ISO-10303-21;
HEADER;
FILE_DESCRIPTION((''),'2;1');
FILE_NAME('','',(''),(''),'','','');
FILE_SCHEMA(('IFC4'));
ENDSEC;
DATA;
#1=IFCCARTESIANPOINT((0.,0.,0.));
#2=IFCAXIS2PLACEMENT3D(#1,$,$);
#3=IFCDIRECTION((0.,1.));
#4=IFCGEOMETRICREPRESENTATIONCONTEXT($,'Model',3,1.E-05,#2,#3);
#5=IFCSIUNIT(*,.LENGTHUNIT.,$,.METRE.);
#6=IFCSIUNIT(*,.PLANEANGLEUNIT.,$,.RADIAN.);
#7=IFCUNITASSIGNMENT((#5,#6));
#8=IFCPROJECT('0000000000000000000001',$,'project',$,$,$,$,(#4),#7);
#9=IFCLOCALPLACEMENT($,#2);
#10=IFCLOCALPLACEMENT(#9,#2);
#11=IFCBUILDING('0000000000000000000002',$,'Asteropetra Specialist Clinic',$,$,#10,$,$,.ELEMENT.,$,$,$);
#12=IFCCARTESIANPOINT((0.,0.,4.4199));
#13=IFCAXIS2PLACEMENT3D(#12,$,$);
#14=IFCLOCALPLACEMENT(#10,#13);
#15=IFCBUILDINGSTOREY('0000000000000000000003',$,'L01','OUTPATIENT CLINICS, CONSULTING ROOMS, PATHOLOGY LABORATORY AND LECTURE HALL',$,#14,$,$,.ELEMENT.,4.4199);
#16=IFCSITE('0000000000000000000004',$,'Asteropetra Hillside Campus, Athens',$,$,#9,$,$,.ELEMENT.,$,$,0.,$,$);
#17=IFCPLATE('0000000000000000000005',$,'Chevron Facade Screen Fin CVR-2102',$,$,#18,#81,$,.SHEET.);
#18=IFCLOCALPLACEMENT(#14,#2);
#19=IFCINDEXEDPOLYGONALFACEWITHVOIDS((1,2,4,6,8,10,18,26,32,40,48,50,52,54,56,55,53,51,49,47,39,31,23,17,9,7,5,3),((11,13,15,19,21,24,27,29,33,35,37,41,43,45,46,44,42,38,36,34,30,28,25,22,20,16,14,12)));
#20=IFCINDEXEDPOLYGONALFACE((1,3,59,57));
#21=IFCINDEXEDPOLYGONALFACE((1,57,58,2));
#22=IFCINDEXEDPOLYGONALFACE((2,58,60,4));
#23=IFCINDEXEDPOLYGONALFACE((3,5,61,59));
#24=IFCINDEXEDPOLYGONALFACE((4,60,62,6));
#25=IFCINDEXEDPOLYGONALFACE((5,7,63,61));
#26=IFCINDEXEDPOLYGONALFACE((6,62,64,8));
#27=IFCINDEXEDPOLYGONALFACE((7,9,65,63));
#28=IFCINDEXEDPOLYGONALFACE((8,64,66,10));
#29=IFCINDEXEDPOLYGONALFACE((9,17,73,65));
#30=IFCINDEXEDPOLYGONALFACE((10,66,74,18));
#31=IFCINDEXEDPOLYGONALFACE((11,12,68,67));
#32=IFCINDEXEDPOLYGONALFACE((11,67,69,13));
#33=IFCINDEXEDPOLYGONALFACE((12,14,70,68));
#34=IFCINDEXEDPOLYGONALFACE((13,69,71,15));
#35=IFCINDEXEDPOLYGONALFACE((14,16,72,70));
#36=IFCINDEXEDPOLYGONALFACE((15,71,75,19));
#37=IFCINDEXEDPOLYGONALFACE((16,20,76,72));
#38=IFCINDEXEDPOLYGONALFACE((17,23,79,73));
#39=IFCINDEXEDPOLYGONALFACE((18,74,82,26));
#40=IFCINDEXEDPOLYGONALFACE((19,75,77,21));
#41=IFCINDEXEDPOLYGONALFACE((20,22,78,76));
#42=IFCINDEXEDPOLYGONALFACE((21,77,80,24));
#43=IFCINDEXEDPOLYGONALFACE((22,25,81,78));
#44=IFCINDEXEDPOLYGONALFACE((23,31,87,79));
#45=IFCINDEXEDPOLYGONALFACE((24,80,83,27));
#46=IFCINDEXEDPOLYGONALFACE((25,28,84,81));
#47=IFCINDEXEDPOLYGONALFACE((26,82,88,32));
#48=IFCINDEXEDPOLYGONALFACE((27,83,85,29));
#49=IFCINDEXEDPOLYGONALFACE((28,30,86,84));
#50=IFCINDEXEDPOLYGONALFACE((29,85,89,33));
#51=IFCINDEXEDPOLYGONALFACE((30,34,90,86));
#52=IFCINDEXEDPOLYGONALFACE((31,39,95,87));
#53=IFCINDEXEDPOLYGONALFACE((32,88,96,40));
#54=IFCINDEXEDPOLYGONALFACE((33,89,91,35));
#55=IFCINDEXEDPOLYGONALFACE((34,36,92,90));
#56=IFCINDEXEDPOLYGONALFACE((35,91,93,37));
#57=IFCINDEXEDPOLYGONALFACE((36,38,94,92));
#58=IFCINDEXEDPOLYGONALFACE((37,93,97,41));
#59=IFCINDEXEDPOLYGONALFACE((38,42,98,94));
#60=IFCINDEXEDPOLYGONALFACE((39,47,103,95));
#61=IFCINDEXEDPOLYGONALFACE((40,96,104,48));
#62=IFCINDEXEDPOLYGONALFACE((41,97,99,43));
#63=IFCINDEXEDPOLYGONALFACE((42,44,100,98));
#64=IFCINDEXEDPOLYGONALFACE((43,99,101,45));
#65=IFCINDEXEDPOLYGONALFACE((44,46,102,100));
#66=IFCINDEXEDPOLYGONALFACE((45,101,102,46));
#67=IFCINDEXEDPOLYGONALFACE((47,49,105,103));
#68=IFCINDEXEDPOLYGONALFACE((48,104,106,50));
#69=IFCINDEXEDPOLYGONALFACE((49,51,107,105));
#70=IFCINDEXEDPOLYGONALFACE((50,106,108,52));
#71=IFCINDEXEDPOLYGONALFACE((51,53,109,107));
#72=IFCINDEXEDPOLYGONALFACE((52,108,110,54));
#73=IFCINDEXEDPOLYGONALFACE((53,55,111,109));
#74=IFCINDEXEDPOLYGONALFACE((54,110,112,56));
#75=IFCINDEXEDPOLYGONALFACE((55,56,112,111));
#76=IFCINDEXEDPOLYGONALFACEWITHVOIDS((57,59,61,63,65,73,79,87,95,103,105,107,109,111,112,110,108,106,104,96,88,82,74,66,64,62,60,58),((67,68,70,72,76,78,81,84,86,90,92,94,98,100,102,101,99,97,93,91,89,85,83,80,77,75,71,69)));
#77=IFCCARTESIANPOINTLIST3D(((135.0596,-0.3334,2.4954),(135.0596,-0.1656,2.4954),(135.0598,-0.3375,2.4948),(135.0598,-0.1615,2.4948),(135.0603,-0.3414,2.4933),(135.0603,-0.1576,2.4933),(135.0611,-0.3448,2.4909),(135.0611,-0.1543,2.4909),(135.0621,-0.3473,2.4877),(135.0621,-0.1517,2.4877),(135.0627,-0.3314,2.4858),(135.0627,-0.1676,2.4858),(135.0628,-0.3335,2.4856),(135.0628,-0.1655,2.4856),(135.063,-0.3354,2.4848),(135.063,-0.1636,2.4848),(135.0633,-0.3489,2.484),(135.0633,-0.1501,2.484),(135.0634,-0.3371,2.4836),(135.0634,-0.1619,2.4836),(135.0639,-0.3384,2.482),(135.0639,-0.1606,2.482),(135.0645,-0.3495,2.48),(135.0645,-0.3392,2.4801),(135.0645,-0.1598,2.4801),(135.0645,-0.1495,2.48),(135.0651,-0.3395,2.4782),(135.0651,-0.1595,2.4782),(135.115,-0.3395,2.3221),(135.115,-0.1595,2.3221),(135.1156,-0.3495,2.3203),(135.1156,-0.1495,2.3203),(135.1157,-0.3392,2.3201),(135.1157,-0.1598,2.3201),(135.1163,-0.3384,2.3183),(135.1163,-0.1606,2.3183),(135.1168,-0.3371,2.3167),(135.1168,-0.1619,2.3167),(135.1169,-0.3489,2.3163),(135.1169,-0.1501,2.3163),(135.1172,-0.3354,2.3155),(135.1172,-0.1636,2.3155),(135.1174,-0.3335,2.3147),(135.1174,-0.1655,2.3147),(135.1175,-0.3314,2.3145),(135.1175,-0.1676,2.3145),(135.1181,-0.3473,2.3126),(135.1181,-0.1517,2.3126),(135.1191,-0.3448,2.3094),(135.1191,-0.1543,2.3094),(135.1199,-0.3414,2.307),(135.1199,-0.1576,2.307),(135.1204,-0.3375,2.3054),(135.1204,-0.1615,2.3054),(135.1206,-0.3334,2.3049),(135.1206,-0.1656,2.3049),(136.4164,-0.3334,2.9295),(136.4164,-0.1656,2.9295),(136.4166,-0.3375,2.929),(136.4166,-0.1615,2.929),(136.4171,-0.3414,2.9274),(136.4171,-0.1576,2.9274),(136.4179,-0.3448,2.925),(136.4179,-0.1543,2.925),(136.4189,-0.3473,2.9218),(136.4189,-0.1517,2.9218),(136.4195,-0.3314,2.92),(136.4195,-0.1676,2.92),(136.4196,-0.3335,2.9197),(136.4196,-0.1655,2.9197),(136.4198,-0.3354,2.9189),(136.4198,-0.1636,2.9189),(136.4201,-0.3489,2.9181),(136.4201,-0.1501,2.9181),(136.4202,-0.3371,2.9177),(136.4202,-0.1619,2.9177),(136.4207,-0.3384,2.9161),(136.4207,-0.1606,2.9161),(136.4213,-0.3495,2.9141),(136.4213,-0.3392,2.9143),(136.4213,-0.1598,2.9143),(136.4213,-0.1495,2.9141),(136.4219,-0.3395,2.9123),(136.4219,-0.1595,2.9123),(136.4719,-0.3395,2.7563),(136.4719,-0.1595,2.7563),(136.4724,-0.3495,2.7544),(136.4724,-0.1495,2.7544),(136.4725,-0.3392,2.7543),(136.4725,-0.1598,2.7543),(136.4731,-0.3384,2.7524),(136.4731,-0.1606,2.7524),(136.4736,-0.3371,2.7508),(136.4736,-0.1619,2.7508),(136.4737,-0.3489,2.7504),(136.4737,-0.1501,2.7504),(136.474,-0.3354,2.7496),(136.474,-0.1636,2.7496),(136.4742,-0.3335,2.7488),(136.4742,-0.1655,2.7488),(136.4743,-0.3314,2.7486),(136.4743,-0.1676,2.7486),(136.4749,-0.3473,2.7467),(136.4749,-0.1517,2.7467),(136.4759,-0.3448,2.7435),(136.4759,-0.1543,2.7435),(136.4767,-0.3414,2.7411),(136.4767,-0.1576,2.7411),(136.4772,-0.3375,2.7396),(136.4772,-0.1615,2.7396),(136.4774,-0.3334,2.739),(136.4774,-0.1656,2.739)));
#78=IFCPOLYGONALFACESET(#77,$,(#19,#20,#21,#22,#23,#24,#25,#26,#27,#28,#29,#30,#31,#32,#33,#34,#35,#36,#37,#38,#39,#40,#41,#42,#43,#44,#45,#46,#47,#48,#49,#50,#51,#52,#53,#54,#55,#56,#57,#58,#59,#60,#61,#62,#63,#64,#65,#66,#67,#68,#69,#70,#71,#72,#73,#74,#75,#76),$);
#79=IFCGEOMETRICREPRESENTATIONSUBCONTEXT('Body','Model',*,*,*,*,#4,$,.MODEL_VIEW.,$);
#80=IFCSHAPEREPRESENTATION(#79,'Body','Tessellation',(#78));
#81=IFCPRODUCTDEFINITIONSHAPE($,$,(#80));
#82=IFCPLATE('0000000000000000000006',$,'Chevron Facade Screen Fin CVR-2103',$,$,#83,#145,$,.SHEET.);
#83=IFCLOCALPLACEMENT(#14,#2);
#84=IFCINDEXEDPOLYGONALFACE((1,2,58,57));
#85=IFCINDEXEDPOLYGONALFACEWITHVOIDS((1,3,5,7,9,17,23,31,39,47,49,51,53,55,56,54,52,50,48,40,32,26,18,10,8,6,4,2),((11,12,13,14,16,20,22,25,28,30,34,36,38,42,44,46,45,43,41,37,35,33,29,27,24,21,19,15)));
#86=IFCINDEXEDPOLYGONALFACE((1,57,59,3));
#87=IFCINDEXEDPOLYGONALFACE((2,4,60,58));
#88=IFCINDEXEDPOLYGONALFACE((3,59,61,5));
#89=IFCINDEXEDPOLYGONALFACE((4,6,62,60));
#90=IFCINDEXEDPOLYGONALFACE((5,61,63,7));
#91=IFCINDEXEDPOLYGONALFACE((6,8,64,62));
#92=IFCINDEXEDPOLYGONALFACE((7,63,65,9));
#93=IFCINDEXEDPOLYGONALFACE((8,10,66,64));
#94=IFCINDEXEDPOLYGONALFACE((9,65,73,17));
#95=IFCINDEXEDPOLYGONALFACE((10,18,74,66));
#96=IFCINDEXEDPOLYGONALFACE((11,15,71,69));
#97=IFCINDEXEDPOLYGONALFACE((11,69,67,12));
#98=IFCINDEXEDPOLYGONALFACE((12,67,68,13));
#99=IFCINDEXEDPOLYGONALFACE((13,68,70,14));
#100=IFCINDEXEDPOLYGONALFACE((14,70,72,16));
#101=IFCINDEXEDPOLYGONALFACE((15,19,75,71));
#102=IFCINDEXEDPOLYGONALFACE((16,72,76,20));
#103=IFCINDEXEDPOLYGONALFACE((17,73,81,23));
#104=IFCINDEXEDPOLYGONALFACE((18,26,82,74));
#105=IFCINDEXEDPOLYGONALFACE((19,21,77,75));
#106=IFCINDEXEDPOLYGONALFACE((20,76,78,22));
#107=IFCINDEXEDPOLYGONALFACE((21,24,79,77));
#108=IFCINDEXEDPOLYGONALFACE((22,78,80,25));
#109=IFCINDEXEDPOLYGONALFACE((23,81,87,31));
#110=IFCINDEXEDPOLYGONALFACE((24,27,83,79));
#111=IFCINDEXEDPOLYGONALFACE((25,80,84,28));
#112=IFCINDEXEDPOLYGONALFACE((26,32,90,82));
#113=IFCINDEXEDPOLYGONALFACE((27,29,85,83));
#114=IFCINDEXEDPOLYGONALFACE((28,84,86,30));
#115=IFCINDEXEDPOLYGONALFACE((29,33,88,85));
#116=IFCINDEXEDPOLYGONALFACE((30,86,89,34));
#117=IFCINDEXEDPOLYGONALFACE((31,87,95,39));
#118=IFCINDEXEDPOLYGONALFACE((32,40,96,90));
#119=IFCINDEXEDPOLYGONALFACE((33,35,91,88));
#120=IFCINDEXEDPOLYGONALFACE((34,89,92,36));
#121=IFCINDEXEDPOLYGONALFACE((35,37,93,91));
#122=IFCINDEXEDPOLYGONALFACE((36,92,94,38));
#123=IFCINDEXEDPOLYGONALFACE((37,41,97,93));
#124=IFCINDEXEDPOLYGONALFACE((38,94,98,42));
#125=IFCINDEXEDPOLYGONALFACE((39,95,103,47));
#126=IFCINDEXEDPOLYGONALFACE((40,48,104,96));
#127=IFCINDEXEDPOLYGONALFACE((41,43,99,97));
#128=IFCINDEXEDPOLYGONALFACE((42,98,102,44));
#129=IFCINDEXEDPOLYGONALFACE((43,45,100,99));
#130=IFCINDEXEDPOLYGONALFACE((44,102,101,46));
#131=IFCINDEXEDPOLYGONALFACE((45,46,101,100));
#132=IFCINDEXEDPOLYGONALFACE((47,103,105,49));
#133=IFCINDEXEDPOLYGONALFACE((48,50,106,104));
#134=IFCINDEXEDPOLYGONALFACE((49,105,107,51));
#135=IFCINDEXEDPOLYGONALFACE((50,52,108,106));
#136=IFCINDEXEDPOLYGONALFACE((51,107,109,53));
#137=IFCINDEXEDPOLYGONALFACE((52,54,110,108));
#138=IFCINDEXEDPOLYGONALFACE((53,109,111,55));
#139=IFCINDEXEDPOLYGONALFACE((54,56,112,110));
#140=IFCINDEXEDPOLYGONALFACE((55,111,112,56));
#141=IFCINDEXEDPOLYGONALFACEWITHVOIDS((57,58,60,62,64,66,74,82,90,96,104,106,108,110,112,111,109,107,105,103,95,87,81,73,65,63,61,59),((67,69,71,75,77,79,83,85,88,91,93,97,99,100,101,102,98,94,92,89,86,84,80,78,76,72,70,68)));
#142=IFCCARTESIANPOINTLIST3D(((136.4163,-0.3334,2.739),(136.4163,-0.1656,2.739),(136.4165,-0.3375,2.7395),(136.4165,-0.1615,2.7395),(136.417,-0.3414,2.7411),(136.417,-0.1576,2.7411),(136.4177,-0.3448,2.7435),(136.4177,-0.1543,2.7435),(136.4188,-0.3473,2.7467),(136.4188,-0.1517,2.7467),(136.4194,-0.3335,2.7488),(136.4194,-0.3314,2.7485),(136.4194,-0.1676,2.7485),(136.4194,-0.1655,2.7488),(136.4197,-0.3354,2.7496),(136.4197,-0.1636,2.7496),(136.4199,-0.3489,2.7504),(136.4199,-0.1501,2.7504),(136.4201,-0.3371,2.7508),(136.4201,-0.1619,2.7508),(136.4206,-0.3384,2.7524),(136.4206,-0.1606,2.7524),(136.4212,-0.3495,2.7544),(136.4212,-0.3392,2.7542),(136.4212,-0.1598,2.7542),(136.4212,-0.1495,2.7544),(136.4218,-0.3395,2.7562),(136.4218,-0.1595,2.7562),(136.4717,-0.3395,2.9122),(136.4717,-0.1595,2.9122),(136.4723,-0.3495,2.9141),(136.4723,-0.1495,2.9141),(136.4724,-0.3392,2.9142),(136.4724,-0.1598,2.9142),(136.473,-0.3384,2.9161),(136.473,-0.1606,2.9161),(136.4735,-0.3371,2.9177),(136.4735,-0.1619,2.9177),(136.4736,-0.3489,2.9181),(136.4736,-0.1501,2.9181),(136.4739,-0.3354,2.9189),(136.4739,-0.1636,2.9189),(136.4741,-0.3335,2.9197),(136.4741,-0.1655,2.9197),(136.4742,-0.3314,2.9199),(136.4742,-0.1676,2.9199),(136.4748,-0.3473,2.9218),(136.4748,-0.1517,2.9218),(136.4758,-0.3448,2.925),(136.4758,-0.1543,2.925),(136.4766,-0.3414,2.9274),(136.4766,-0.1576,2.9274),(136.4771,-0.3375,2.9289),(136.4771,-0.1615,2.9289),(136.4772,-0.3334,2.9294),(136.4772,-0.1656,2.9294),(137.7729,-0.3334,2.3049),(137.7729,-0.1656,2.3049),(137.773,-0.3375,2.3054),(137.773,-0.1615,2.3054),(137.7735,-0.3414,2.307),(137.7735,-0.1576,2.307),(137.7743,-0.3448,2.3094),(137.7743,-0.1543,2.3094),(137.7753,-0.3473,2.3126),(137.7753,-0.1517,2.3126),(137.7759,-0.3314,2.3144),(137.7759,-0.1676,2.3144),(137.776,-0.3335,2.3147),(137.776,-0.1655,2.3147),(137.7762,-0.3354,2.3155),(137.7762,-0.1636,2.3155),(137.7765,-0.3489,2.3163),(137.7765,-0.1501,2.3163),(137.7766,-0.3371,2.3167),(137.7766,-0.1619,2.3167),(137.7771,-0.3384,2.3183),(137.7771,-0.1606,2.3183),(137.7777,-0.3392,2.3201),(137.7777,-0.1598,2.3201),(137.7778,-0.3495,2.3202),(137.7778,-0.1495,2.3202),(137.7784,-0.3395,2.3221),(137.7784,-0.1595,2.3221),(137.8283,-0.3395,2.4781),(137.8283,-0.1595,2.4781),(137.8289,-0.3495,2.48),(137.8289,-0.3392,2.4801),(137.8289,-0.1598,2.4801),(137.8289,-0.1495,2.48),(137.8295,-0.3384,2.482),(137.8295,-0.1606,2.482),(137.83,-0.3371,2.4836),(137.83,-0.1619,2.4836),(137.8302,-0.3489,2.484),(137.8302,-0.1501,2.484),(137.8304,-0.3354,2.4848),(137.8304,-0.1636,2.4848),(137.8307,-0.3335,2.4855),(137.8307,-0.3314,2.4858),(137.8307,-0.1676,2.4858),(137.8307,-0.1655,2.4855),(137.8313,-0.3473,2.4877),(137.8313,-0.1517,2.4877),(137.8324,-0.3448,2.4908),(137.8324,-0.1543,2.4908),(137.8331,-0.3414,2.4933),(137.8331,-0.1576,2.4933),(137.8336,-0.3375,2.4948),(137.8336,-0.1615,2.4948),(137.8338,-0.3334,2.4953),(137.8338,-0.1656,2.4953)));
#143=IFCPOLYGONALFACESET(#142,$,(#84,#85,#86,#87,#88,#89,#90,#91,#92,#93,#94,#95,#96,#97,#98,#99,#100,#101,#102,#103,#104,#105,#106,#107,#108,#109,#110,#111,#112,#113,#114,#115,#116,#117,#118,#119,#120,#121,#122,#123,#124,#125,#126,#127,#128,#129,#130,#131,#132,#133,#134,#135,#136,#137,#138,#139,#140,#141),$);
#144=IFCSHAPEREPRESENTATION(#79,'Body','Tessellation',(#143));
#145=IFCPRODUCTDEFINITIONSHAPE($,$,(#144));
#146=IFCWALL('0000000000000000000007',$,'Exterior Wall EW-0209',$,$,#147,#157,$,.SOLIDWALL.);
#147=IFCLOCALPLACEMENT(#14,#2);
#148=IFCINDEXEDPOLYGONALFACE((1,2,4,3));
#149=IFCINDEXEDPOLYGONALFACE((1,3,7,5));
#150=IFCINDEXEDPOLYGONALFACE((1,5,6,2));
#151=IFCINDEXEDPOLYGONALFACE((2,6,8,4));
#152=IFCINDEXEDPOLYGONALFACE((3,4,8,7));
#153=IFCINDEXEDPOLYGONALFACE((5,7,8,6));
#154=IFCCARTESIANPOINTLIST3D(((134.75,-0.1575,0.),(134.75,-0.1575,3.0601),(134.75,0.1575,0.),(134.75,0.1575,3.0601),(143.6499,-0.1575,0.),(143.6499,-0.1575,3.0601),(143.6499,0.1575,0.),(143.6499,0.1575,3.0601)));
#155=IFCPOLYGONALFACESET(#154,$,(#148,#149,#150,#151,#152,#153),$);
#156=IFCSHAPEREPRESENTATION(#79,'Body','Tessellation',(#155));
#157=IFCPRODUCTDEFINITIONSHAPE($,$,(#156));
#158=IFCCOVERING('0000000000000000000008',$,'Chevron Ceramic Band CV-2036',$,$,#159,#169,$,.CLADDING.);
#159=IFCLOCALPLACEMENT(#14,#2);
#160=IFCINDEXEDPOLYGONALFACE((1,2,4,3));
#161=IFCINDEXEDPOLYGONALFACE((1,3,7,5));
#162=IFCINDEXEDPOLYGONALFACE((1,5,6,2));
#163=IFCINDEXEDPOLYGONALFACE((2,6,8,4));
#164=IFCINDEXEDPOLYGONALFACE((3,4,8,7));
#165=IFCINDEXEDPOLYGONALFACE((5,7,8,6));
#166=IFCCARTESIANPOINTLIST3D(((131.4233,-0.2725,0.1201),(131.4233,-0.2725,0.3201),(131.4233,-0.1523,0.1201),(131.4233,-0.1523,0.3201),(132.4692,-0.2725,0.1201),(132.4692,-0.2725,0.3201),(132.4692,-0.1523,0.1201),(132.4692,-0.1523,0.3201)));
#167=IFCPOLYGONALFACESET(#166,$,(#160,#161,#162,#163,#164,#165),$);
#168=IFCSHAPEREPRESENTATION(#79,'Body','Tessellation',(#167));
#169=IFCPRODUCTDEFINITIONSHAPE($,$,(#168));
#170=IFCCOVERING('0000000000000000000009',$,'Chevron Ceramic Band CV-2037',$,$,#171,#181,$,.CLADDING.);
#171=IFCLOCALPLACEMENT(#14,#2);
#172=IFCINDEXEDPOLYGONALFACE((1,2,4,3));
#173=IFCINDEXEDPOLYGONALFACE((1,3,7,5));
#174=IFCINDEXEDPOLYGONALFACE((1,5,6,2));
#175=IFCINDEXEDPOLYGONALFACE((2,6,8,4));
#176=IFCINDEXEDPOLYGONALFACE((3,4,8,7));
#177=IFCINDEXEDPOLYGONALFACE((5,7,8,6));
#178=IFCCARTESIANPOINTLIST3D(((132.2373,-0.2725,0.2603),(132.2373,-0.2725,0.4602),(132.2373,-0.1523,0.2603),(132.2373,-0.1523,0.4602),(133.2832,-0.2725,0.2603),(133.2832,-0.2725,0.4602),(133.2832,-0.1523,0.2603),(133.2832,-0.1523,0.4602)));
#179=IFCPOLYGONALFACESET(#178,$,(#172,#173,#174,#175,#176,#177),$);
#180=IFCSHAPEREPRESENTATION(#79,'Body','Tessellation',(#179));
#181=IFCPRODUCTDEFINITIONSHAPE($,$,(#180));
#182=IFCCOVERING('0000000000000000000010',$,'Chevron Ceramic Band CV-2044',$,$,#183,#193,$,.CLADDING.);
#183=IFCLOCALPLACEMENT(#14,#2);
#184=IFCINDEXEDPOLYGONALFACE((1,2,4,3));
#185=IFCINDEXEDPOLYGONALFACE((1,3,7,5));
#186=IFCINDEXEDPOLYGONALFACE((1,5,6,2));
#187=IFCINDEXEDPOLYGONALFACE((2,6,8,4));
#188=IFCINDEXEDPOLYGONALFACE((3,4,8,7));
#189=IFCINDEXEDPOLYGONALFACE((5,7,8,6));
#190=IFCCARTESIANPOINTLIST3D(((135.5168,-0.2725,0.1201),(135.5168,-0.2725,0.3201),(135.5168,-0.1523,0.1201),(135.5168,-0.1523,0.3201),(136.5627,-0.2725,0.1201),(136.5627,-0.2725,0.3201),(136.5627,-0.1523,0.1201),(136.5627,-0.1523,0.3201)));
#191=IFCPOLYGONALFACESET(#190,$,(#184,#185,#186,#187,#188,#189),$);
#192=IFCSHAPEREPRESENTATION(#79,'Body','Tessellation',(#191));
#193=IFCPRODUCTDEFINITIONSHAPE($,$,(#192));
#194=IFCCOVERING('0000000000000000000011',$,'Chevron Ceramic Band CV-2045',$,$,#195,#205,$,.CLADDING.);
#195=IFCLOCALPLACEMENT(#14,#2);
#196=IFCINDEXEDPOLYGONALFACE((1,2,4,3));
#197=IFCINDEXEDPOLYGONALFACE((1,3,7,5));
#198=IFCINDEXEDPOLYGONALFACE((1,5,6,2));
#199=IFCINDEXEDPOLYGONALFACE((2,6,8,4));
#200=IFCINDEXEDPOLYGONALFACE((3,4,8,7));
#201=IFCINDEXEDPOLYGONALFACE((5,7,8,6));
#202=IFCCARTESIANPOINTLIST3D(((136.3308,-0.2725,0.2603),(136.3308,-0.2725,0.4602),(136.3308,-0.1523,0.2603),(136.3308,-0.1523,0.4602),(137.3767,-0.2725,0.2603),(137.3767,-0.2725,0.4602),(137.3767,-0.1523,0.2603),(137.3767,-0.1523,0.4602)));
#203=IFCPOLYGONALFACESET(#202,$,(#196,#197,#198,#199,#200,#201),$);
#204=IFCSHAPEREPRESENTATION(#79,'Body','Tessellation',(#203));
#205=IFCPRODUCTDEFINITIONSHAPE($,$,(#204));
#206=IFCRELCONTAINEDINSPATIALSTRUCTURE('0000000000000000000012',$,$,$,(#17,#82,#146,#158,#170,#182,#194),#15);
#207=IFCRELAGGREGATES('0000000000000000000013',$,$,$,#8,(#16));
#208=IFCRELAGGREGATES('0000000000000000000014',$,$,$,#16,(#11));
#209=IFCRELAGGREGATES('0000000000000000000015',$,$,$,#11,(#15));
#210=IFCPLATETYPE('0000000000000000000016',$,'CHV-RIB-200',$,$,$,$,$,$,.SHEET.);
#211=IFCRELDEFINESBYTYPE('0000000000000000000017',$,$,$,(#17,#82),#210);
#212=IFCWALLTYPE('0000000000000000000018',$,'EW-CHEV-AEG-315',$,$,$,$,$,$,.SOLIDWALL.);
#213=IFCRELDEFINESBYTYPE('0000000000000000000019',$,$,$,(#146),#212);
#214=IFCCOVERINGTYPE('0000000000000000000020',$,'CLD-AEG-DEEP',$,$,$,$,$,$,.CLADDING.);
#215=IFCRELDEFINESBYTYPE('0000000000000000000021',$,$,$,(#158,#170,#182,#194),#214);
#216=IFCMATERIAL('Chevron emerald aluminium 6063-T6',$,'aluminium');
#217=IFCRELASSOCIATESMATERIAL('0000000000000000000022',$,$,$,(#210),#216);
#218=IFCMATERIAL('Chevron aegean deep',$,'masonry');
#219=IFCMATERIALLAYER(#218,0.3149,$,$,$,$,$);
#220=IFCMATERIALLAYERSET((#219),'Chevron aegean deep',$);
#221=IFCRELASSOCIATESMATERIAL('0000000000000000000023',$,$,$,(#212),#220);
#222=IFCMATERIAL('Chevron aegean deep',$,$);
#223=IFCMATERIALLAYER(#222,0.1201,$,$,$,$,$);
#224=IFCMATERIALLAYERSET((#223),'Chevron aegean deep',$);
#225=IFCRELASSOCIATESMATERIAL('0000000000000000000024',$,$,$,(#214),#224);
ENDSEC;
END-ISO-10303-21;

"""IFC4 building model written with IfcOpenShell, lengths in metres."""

from ifc_helpers import new_model, si_unit, direction, frame, frame_2d, origin, origin_2d, place, context, subcontext, project, spatial, rectangle, hollow_rectangle, extrude, material, layer, layer_set, material_profile, profile_set, type_object, element, save


model = new_model("IFC4")

# Units and contexts
model_context = context("Model", 3, precision=1e-05, world=origin(), true_north=direction((0.0, 1.0)))
body_context = subcontext(model_context, "Body", "Model", "MODEL_VIEW")
ifc_project = project(units=[si_unit("LENGTHUNIT", "METRE"), si_unit("PLANEANGLEUNIT", "RADIAN")], contexts=[model_context])

# Site, building, storey
site_placement = place(None, origin())
site = spatial("IfcSite", under=ifc_project, at=site_placement, Name="Asteropetra Hillside Campus, Athens", CompositionType="ELEMENT", RefElevation=0.0)
building_placement = place(site_placement, origin())
building = spatial("IfcBuilding", under=site, at=building_placement, Name="Asteropetra Specialist Clinic", CompositionType="ELEMENT")
storey_placement = place(building_placement, frame((0.0, 0.0, 4.4199)))
storey = spatial("IfcBuildingStorey", under=building, at=storey_placement, Name="L01", Description="OUTPATIENT CLINICS, CONSULTING ROOMS, PATHOLOGY LABORATORY AND LECTURE HALL", CompositionType="ELEMENT", Elevation=4.4199)

# Plates
ifc_material_1 = material(Name="Chevron emerald aluminium 6063-T6", Category="aluminium")
ifc_material_profile_1 = material_profile(ifc_material_1, hollow_rectangle(XDim=0.2, YDim=0.2, WallThickness=0.01, InnerFilletRadius=0.0081, OuterFilletRadius=0.0161, at=origin_2d()), Name="SHS 200x200x10.0")
ifc_profile_set_1 = profile_set([ifc_material_profile_1], Name="Chevron emerald aluminium 6063-T6")
plate_type = type_object("IfcPlateType", Name="CHV-RIB-200", PredefinedType="SHEET", material=ifc_profile_set_1)
plate_1_placement = place(storey_placement, frame((135.0901, -0.2495, 2.4001), z_axis=(0.952436, 0.0, 0.304738), x_axis=(0.0, 1.0, 0.0)))
element("IfcPlate", 1, at=plate_1_placement, inside=storey, type_object=plate_type, Name="Chevron Facade Screen Fin CVR-2102", PredefinedType="SHEET", context=body_context, shape_type="SweptSolid", body=[
    extrude(hollow_rectangle(XDim=0.2, YDim=0.2, WallThickness=0.01, InnerFilletRadius=0.0081, OuterFilletRadius=0.0161, at=origin_2d()), origin(), (0.0, 0.0, 1.0), 1.4246),
])
plate_2_placement = place(storey_placement, frame((136.4468, -0.2495, 2.8342), z_axis=(0.95242, 0.0, -0.304788), x_axis=(0.0, 1.0, 0.0)))
element("IfcPlate", 2, at=plate_2_placement, inside=storey, type_object=plate_type, Name="Chevron Facade Screen Fin CVR-2103", PredefinedType="SHEET", context=body_context, shape_type="SweptSolid", body=[
    extrude(hollow_rectangle(XDim=0.2, YDim=0.2, WallThickness=0.01, InnerFilletRadius=0.0081, OuterFilletRadius=0.0161, at=origin_2d()), origin(), (0.0, 0.0, 1.0), 1.4243),
])

# Wall
ifc_material_2 = material(Name="Chevron aegean deep", Category="masonry")
ifc_layer_1 = layer(ifc_material_2, 0.3149)
ifc_layer_set_1 = layer_set([ifc_layer_1], Name="Chevron aegean deep")
wall_type = type_object("IfcWallType", Name="EW-CHEV-AEG-315", PredefinedType="SOLIDWALL", material=ifc_layer_set_1)
wall_placement = place(storey_placement, frame((134.75, 0.0, 0.0), z_axis=(0.0, 0.0, 1.0), x_axis=(1.0, 0.0, 0.0)))
element("IfcWall", 3, at=wall_placement, inside=storey, type_object=wall_type, Name="Exterior Wall EW-0209", PredefinedType="SOLIDWALL", context=body_context, shape_type="SweptSolid", body=[
    extrude(rectangle(XDim=8.8999, YDim=0.3149, at=frame_2d((4.45, 0.0))), origin(), (0.0, 0.0, 1.0), 3.0601),
])

# Coverings
ifc_material_3 = material(Name="Chevron aegean deep")
ifc_layer_2 = layer(ifc_material_3, 0.1201)
ifc_layer_set_2 = layer_set([ifc_layer_2], Name="Chevron aegean deep")
covering_type_1 = type_object("IfcCoveringType", Name="CLD-AEG-DEEP", PredefinedType="CLADDING", material=ifc_layer_set_2)
for number, where, z_axis, x_axis, name in (
    (4, (131.9463, -0.2124, 0.1201), (0.0, 0.0, 1.0), (1.0, 0.0, 0.0), "Chevron Ceramic Band CV-2036"),
    (5, (132.7603, -0.2124, 0.2603), (0.0, 0.0, 1.0), (1.0, 0.0, 0.0), "Chevron Ceramic Band CV-2037"),
    (6, (136.0398, -0.2124, 0.1201), (0.0, 0.0, 1.0), (1.0, 0.0, 0.0), "Chevron Ceramic Band CV-2044"),
    (7, (136.8538, -0.2124, 0.2603), (0.0, 0.0, 1.0), (1.0, 0.0, 0.0), "Chevron Ceramic Band CV-2045"),
):
    element("IfcCovering", number, at=place(storey_placement, frame(where, z_axis=z_axis, x_axis=x_axis)), inside=storey, type_object=covering_type_1, Name=name, PredefinedType="CLADDING", context=body_context, shape_type="SweptSolid", body=[
        extrude(rectangle(XDim=1.0459, YDim=0.1201, at=origin_2d()), origin(), (0.0, 0.0, 1.0), 0.2),
    ])

save(model, "model.ifc")
